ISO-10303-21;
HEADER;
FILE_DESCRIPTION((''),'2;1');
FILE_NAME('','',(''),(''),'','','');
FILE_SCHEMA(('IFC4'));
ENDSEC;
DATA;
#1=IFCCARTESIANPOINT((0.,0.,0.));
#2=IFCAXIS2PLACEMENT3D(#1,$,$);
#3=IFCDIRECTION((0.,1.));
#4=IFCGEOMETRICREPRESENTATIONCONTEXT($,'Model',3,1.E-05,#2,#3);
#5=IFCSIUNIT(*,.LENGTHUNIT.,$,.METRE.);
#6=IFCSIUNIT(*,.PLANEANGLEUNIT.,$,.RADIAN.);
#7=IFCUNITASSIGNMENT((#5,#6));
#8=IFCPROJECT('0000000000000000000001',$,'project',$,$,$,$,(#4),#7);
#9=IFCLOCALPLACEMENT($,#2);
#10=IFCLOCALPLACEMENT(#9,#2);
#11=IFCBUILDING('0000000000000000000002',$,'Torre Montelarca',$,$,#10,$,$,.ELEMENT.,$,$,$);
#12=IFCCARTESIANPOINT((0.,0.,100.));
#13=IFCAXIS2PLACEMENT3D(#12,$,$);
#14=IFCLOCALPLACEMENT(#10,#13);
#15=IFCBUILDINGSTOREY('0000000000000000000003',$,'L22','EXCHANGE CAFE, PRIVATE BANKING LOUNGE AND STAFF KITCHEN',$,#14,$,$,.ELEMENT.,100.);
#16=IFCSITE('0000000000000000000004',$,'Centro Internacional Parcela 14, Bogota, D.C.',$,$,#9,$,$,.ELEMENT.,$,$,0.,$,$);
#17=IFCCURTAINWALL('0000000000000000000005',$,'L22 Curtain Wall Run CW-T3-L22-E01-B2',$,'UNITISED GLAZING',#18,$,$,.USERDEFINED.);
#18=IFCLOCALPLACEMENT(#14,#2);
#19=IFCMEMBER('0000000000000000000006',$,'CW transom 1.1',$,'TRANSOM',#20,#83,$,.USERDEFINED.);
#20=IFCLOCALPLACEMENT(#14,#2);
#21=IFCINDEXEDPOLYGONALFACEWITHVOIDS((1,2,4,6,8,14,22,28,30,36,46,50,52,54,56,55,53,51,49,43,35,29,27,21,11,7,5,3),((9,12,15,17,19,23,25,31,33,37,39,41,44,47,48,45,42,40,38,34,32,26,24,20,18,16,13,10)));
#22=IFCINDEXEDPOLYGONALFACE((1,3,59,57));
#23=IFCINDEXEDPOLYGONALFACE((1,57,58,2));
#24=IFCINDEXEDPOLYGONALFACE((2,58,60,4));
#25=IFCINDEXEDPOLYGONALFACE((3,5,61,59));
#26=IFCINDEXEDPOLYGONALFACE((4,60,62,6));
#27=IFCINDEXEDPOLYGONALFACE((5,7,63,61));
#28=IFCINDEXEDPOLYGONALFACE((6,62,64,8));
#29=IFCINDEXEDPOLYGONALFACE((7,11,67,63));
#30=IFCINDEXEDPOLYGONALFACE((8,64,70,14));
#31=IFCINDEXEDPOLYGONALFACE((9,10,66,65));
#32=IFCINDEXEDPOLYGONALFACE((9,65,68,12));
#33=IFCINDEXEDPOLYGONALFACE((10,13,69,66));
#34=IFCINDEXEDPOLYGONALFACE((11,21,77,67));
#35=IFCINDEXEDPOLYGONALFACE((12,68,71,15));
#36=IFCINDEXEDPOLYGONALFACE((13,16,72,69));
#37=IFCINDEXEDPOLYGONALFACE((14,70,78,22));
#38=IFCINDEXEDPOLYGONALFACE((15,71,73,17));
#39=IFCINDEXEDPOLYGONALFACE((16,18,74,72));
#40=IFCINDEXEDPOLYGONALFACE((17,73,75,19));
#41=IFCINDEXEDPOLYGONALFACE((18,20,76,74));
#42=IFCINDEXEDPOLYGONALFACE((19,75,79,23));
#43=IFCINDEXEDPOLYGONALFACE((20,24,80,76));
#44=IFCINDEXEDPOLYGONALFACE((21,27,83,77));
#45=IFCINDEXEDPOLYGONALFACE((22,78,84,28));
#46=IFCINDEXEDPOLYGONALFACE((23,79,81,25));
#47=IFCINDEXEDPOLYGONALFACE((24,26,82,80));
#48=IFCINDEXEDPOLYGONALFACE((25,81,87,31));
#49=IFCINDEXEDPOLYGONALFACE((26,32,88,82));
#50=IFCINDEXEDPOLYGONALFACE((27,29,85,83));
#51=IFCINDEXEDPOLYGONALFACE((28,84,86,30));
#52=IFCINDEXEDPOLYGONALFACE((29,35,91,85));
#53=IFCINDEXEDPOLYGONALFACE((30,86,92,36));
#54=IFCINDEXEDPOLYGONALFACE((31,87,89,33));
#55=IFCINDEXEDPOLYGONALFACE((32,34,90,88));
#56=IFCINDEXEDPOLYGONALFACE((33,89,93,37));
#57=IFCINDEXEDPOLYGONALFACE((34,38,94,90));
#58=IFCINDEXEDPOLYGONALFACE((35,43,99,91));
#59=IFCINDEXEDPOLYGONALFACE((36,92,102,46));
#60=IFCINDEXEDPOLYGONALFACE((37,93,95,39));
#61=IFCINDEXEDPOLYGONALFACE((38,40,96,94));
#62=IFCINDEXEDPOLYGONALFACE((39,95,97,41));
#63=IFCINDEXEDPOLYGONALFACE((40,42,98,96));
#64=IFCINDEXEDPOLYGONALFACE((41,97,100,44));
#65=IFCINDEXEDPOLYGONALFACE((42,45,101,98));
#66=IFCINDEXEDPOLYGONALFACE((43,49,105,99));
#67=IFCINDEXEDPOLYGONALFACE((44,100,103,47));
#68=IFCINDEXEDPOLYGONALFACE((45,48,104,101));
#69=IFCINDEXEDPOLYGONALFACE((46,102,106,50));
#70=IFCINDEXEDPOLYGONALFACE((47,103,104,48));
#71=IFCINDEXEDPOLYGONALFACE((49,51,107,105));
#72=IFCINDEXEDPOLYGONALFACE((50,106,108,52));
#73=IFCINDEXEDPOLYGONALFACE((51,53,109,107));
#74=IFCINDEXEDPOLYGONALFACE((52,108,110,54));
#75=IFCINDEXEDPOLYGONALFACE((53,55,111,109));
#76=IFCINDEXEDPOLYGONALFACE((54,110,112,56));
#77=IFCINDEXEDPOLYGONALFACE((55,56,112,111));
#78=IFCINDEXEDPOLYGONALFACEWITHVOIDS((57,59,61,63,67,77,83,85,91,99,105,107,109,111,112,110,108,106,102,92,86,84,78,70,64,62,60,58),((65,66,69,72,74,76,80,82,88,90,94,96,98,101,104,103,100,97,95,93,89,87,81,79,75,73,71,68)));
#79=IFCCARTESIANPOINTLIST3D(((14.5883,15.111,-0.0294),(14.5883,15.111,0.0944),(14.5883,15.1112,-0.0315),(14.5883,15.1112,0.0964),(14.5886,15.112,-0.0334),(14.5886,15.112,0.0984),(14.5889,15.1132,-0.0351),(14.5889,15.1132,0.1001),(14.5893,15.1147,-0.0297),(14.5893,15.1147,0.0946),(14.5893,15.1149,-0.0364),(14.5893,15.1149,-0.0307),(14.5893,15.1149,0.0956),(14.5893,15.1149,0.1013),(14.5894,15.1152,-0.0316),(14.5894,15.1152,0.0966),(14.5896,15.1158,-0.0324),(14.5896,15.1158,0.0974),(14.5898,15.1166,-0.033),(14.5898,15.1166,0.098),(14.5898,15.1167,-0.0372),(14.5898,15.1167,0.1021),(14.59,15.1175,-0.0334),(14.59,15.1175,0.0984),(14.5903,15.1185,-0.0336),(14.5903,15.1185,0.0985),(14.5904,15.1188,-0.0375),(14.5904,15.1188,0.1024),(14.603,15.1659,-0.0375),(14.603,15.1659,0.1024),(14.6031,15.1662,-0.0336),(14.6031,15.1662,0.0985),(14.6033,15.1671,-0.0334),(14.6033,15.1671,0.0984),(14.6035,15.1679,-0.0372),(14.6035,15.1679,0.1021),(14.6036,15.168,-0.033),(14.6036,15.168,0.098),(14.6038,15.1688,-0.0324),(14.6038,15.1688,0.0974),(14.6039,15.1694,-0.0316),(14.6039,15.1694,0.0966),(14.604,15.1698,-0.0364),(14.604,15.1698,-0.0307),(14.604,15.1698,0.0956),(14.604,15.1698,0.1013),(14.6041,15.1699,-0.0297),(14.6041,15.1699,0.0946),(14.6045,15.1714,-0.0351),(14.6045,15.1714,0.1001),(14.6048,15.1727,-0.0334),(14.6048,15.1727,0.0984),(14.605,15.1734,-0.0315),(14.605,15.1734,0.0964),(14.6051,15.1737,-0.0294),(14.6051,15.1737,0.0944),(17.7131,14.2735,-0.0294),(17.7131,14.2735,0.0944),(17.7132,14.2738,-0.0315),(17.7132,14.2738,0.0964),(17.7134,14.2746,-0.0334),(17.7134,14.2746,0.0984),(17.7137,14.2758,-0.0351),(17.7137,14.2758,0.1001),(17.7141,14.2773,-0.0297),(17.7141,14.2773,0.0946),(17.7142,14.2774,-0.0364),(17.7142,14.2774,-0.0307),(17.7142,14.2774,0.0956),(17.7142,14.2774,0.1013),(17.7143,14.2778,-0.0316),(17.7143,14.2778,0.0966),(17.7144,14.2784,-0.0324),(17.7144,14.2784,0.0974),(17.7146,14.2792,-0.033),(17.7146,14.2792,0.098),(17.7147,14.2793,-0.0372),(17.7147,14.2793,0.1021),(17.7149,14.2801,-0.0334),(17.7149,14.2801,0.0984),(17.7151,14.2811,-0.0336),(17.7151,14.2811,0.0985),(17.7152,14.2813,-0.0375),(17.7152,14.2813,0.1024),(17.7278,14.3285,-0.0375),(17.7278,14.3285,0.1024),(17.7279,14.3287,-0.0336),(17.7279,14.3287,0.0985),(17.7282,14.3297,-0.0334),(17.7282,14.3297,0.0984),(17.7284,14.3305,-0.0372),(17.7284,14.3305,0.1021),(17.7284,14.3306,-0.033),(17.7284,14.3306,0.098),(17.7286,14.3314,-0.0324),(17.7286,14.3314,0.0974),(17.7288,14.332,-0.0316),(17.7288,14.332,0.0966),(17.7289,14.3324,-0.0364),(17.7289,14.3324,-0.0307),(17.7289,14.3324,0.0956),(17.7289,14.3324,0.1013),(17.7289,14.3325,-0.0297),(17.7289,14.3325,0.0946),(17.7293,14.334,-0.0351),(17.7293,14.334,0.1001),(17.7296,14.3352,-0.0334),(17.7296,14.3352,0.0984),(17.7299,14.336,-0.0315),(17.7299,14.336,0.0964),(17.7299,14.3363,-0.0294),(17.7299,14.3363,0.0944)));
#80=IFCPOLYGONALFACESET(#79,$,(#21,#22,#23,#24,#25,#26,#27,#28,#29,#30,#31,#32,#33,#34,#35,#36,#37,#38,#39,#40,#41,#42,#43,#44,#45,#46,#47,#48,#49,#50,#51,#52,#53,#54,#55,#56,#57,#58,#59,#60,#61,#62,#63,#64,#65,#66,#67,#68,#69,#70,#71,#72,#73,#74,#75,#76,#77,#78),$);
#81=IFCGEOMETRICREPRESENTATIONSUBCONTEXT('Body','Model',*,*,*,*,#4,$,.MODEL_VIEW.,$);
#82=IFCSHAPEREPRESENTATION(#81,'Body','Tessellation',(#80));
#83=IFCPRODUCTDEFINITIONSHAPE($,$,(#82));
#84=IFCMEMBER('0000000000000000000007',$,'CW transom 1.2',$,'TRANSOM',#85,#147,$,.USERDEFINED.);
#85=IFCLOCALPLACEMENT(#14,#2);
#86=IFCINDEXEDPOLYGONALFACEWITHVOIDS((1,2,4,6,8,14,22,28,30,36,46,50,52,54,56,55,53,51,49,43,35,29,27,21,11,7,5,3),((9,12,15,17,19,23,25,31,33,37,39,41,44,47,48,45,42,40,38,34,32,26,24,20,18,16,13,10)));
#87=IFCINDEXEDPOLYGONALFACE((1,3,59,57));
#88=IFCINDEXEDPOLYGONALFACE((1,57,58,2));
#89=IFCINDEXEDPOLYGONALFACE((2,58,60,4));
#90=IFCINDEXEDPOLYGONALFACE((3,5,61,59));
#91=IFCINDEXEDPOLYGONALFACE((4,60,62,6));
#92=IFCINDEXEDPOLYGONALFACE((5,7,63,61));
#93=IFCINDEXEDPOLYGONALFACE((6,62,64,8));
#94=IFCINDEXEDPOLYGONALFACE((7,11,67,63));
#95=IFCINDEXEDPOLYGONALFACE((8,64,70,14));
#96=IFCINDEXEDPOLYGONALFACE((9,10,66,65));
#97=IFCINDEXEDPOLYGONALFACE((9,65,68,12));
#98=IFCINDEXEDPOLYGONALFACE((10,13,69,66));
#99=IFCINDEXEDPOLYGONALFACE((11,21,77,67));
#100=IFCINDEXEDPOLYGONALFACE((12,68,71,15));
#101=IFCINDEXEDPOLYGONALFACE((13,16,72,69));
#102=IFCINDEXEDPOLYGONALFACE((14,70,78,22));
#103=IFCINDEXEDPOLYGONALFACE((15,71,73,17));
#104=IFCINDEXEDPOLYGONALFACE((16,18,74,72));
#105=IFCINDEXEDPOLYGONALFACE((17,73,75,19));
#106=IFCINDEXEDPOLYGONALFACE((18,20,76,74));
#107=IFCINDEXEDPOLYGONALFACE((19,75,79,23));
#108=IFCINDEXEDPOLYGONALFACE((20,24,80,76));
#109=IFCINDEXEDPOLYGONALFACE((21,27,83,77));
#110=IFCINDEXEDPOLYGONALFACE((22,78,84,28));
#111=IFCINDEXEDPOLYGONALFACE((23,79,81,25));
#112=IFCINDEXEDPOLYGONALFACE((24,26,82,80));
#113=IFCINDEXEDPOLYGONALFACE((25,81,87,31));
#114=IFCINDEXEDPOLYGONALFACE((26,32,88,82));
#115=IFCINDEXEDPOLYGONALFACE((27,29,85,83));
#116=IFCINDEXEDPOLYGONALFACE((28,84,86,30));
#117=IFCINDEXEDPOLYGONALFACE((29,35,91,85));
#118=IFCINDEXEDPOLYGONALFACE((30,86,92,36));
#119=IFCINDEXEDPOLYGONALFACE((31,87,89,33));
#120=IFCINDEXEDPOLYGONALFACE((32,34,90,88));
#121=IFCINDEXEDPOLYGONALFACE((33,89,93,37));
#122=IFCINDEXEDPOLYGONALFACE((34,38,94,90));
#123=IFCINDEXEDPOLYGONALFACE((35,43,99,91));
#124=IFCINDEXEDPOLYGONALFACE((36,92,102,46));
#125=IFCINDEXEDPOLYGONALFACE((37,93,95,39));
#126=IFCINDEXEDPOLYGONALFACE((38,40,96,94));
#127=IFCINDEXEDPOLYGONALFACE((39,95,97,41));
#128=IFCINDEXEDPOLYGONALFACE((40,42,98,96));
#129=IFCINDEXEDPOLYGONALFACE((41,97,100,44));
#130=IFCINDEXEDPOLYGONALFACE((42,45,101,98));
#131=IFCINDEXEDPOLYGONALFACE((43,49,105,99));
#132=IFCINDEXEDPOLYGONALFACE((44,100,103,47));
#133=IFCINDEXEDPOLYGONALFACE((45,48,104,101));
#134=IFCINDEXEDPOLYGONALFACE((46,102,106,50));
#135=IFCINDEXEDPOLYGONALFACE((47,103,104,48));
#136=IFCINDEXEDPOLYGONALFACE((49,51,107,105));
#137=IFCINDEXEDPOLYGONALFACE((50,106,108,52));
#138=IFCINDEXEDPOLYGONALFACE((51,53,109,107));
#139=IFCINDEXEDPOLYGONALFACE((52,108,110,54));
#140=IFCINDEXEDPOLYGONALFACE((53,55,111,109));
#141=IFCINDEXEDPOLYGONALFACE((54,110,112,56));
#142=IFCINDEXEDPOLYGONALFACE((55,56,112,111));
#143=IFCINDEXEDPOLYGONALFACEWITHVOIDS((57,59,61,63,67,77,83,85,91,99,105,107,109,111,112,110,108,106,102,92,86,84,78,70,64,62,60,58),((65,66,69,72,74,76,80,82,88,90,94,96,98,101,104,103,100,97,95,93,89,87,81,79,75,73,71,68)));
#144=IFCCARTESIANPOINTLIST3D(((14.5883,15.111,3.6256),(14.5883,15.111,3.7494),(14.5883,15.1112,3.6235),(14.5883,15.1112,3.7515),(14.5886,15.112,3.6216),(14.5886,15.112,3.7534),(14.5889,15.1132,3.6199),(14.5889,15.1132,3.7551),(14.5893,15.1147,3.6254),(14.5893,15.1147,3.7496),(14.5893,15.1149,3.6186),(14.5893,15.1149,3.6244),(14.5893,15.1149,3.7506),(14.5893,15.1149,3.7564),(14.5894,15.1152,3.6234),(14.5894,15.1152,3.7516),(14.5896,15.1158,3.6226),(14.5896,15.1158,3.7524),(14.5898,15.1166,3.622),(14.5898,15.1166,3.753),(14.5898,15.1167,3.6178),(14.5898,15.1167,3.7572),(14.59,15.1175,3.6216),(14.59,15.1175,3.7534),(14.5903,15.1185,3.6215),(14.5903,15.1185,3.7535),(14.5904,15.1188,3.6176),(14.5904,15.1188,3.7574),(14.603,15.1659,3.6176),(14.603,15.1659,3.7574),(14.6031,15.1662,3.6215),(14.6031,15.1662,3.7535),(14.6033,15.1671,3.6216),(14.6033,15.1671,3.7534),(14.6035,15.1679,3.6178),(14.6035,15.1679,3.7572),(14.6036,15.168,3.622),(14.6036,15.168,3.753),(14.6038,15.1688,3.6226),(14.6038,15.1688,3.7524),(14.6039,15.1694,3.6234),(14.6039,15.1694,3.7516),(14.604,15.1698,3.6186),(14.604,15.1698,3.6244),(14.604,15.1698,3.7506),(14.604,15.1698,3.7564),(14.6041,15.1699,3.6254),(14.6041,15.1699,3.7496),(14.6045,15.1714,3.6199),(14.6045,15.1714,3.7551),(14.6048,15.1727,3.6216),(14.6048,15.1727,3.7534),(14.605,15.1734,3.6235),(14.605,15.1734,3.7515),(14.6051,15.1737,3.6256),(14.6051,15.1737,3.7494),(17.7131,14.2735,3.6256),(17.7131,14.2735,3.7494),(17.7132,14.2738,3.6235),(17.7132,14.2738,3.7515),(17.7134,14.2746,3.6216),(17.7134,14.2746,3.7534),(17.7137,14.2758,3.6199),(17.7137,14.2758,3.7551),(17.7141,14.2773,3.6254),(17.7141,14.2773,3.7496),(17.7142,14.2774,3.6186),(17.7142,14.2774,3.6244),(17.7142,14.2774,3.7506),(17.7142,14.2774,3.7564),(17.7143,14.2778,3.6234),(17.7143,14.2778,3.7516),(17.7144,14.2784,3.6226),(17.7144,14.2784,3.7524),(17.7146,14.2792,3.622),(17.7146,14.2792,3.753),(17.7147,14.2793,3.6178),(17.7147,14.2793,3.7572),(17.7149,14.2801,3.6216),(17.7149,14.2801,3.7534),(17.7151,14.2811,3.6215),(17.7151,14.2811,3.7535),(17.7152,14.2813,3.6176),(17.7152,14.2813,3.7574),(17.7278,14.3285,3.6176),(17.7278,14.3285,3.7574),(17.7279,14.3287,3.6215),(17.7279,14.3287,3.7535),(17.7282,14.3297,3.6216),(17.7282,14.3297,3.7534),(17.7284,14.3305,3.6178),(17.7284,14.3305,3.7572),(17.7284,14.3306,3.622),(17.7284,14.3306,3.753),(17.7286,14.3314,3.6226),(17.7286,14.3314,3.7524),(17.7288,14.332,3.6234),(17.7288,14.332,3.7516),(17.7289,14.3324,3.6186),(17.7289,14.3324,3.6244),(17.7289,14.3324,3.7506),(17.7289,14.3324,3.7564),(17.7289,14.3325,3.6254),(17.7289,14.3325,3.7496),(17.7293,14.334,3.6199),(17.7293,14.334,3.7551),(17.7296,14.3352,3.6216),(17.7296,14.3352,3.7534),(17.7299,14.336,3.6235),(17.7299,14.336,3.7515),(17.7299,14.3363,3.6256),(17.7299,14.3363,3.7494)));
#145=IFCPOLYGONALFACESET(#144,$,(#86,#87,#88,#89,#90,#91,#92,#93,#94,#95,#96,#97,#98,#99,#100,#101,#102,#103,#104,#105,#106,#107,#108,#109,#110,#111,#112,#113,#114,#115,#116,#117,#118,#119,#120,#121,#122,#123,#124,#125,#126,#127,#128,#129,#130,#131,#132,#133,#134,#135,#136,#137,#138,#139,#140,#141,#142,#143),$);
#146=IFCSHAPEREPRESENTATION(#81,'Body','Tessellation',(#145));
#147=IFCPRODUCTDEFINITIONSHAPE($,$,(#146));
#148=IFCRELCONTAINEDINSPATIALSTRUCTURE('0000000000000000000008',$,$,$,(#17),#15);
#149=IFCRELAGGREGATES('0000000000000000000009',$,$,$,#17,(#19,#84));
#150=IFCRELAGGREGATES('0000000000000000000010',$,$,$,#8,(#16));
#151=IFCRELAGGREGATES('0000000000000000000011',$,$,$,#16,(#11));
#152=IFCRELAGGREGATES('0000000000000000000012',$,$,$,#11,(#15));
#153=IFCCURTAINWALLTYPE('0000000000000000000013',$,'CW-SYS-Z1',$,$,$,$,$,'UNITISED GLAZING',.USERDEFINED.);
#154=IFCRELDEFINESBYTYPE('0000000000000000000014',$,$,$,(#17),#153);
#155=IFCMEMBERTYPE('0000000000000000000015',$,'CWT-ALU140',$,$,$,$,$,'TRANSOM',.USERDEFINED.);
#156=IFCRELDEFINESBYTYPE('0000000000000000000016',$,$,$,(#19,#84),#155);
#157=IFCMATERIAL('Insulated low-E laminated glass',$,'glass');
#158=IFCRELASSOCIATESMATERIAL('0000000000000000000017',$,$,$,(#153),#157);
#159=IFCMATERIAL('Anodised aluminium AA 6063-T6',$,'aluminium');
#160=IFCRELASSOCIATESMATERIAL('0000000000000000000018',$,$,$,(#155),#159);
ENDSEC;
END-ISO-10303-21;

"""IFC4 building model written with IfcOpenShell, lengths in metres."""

from ifc_helpers import new_model, si_unit, direction, frame, origin, origin_2d, place, context, subcontext, project, spatial, hollow_rectangle, extrude, source, transform, mapped, material, material_profile, profile_set, type_object, element, aggregate, save


model = new_model("IFC4")

# Units and contexts
model_context = context("Model", 3, precision=1e-05, world=origin(), true_north=direction((0.0, 1.0)))
body_context = subcontext(model_context, "Body", "Model", "MODEL_VIEW")
ifc_project = project(units=[si_unit("LENGTHUNIT", "METRE"), si_unit("PLANEANGLEUNIT", "RADIAN")], contexts=[model_context])

# Site, building, storey
site_placement = place(None, origin())
site = spatial("IfcSite", under=ifc_project, at=site_placement, Name="Centro Internacional Parcela 14, Bogota, D.C.", CompositionType="ELEMENT", RefElevation=0.0)
building_placement = place(site_placement, origin())
building = spatial("IfcBuilding", under=site, at=building_placement, Name="Torre Montelarca", CompositionType="ELEMENT")
storey_placement = place(building_placement, frame((0.0, 0.0, 100.0)))
storey = spatial("IfcBuildingStorey", under=building, at=storey_placement, Name="L22", Description="EXCHANGE CAFE, PRIVATE BANKING LOUNGE AND STAFF KITCHEN", CompositionType="ELEMENT", Elevation=100.0)

# Curtain wall, members
ifc_material_1 = material(Name="Insulated low-E laminated glass", Category="glass")
curtain_wall_type = type_object("IfcCurtainWallType", Name="CW-SYS-Z1", ElementType="UNITISED GLAZING", PredefinedType="USERDEFINED", material=ifc_material_1)
ifc_material_2 = material(Name="Anodised aluminium AA 6063-T6", Category="aluminium")
ifc_material_profile_1 = material_profile(ifc_material_2, hollow_rectangle(XDim=0.0649, YDim=0.1399, WallThickness=0.0039, InnerFilletRadius=0.0039, OuterFilletRadius=0.0081, at=origin_2d()), Name="ALU65X140X4", Category="aluminium")
ifc_profile_set_1 = profile_set([ifc_material_profile_1], Name="Anodised aluminium AA 6063-T6")
member_type_1 = type_object("IfcMemberType", Name="CWT-ALU140", ElementType="TRANSOM", PredefinedType="USERDEFINED", material=ifc_profile_set_1)
curtain_wall_1_placement = place(storey_placement, origin())
curtain_wall_1 = element("IfcCurtainWall", 1, at=curtain_wall_1_placement, inside=storey, type_object=curtain_wall_type, Name="L22 Curtain Wall Run CW-T3-L22-E01-B2", ObjectType="UNITISED GLAZING", PredefinedType="USERDEFINED")
shared_shape_1 = source(origin(), body_context, "Body", "SweptSolid", [
    extrude(hollow_rectangle(XDim=0.0649, YDim=0.1399, WallThickness=0.0039, InnerFilletRadius=0.0039, OuterFilletRadius=0.0081, at=origin_2d()), origin(), (0.0, 0.0, 1.0), 3.2351),
])
member_1_placement = place(storey_placement, frame((14.5967, 15.1423, 0.0325), z_axis=(0.965916, -0.258856, 0.0), x_axis=(0.258856, 0.965916, 0.0)))
member_1 = element("IfcMember", 2, at=member_1_placement, type_object=member_type_1, Name="CW transom 1.1", ObjectType="TRANSOM", PredefinedType="USERDEFINED", context=body_context, shape_type="MappedRepresentation", body=[
    mapped(shared_shape_1, transform((0.0, 0.0, 0.0), scale=1.0)),
])
member_2_placement = place(storey_placement, frame((14.5967, 15.1423, 3.6875), z_axis=(0.965916, -0.258856, 0.0), x_axis=(0.258856, 0.965916, 0.0)))
member_2 = element("IfcMember", 3, at=member_2_placement, type_object=member_type_1, Name="CW transom 1.2", ObjectType="TRANSOM", PredefinedType="USERDEFINED", context=body_context, shape_type="MappedRepresentation", body=[
    mapped(shared_shape_1, transform((0.0, 0.0, 0.0), scale=1.0)),
])

aggregate(curtain_wall_1, [member_1, member_2])

save(model, "model.ifc")
